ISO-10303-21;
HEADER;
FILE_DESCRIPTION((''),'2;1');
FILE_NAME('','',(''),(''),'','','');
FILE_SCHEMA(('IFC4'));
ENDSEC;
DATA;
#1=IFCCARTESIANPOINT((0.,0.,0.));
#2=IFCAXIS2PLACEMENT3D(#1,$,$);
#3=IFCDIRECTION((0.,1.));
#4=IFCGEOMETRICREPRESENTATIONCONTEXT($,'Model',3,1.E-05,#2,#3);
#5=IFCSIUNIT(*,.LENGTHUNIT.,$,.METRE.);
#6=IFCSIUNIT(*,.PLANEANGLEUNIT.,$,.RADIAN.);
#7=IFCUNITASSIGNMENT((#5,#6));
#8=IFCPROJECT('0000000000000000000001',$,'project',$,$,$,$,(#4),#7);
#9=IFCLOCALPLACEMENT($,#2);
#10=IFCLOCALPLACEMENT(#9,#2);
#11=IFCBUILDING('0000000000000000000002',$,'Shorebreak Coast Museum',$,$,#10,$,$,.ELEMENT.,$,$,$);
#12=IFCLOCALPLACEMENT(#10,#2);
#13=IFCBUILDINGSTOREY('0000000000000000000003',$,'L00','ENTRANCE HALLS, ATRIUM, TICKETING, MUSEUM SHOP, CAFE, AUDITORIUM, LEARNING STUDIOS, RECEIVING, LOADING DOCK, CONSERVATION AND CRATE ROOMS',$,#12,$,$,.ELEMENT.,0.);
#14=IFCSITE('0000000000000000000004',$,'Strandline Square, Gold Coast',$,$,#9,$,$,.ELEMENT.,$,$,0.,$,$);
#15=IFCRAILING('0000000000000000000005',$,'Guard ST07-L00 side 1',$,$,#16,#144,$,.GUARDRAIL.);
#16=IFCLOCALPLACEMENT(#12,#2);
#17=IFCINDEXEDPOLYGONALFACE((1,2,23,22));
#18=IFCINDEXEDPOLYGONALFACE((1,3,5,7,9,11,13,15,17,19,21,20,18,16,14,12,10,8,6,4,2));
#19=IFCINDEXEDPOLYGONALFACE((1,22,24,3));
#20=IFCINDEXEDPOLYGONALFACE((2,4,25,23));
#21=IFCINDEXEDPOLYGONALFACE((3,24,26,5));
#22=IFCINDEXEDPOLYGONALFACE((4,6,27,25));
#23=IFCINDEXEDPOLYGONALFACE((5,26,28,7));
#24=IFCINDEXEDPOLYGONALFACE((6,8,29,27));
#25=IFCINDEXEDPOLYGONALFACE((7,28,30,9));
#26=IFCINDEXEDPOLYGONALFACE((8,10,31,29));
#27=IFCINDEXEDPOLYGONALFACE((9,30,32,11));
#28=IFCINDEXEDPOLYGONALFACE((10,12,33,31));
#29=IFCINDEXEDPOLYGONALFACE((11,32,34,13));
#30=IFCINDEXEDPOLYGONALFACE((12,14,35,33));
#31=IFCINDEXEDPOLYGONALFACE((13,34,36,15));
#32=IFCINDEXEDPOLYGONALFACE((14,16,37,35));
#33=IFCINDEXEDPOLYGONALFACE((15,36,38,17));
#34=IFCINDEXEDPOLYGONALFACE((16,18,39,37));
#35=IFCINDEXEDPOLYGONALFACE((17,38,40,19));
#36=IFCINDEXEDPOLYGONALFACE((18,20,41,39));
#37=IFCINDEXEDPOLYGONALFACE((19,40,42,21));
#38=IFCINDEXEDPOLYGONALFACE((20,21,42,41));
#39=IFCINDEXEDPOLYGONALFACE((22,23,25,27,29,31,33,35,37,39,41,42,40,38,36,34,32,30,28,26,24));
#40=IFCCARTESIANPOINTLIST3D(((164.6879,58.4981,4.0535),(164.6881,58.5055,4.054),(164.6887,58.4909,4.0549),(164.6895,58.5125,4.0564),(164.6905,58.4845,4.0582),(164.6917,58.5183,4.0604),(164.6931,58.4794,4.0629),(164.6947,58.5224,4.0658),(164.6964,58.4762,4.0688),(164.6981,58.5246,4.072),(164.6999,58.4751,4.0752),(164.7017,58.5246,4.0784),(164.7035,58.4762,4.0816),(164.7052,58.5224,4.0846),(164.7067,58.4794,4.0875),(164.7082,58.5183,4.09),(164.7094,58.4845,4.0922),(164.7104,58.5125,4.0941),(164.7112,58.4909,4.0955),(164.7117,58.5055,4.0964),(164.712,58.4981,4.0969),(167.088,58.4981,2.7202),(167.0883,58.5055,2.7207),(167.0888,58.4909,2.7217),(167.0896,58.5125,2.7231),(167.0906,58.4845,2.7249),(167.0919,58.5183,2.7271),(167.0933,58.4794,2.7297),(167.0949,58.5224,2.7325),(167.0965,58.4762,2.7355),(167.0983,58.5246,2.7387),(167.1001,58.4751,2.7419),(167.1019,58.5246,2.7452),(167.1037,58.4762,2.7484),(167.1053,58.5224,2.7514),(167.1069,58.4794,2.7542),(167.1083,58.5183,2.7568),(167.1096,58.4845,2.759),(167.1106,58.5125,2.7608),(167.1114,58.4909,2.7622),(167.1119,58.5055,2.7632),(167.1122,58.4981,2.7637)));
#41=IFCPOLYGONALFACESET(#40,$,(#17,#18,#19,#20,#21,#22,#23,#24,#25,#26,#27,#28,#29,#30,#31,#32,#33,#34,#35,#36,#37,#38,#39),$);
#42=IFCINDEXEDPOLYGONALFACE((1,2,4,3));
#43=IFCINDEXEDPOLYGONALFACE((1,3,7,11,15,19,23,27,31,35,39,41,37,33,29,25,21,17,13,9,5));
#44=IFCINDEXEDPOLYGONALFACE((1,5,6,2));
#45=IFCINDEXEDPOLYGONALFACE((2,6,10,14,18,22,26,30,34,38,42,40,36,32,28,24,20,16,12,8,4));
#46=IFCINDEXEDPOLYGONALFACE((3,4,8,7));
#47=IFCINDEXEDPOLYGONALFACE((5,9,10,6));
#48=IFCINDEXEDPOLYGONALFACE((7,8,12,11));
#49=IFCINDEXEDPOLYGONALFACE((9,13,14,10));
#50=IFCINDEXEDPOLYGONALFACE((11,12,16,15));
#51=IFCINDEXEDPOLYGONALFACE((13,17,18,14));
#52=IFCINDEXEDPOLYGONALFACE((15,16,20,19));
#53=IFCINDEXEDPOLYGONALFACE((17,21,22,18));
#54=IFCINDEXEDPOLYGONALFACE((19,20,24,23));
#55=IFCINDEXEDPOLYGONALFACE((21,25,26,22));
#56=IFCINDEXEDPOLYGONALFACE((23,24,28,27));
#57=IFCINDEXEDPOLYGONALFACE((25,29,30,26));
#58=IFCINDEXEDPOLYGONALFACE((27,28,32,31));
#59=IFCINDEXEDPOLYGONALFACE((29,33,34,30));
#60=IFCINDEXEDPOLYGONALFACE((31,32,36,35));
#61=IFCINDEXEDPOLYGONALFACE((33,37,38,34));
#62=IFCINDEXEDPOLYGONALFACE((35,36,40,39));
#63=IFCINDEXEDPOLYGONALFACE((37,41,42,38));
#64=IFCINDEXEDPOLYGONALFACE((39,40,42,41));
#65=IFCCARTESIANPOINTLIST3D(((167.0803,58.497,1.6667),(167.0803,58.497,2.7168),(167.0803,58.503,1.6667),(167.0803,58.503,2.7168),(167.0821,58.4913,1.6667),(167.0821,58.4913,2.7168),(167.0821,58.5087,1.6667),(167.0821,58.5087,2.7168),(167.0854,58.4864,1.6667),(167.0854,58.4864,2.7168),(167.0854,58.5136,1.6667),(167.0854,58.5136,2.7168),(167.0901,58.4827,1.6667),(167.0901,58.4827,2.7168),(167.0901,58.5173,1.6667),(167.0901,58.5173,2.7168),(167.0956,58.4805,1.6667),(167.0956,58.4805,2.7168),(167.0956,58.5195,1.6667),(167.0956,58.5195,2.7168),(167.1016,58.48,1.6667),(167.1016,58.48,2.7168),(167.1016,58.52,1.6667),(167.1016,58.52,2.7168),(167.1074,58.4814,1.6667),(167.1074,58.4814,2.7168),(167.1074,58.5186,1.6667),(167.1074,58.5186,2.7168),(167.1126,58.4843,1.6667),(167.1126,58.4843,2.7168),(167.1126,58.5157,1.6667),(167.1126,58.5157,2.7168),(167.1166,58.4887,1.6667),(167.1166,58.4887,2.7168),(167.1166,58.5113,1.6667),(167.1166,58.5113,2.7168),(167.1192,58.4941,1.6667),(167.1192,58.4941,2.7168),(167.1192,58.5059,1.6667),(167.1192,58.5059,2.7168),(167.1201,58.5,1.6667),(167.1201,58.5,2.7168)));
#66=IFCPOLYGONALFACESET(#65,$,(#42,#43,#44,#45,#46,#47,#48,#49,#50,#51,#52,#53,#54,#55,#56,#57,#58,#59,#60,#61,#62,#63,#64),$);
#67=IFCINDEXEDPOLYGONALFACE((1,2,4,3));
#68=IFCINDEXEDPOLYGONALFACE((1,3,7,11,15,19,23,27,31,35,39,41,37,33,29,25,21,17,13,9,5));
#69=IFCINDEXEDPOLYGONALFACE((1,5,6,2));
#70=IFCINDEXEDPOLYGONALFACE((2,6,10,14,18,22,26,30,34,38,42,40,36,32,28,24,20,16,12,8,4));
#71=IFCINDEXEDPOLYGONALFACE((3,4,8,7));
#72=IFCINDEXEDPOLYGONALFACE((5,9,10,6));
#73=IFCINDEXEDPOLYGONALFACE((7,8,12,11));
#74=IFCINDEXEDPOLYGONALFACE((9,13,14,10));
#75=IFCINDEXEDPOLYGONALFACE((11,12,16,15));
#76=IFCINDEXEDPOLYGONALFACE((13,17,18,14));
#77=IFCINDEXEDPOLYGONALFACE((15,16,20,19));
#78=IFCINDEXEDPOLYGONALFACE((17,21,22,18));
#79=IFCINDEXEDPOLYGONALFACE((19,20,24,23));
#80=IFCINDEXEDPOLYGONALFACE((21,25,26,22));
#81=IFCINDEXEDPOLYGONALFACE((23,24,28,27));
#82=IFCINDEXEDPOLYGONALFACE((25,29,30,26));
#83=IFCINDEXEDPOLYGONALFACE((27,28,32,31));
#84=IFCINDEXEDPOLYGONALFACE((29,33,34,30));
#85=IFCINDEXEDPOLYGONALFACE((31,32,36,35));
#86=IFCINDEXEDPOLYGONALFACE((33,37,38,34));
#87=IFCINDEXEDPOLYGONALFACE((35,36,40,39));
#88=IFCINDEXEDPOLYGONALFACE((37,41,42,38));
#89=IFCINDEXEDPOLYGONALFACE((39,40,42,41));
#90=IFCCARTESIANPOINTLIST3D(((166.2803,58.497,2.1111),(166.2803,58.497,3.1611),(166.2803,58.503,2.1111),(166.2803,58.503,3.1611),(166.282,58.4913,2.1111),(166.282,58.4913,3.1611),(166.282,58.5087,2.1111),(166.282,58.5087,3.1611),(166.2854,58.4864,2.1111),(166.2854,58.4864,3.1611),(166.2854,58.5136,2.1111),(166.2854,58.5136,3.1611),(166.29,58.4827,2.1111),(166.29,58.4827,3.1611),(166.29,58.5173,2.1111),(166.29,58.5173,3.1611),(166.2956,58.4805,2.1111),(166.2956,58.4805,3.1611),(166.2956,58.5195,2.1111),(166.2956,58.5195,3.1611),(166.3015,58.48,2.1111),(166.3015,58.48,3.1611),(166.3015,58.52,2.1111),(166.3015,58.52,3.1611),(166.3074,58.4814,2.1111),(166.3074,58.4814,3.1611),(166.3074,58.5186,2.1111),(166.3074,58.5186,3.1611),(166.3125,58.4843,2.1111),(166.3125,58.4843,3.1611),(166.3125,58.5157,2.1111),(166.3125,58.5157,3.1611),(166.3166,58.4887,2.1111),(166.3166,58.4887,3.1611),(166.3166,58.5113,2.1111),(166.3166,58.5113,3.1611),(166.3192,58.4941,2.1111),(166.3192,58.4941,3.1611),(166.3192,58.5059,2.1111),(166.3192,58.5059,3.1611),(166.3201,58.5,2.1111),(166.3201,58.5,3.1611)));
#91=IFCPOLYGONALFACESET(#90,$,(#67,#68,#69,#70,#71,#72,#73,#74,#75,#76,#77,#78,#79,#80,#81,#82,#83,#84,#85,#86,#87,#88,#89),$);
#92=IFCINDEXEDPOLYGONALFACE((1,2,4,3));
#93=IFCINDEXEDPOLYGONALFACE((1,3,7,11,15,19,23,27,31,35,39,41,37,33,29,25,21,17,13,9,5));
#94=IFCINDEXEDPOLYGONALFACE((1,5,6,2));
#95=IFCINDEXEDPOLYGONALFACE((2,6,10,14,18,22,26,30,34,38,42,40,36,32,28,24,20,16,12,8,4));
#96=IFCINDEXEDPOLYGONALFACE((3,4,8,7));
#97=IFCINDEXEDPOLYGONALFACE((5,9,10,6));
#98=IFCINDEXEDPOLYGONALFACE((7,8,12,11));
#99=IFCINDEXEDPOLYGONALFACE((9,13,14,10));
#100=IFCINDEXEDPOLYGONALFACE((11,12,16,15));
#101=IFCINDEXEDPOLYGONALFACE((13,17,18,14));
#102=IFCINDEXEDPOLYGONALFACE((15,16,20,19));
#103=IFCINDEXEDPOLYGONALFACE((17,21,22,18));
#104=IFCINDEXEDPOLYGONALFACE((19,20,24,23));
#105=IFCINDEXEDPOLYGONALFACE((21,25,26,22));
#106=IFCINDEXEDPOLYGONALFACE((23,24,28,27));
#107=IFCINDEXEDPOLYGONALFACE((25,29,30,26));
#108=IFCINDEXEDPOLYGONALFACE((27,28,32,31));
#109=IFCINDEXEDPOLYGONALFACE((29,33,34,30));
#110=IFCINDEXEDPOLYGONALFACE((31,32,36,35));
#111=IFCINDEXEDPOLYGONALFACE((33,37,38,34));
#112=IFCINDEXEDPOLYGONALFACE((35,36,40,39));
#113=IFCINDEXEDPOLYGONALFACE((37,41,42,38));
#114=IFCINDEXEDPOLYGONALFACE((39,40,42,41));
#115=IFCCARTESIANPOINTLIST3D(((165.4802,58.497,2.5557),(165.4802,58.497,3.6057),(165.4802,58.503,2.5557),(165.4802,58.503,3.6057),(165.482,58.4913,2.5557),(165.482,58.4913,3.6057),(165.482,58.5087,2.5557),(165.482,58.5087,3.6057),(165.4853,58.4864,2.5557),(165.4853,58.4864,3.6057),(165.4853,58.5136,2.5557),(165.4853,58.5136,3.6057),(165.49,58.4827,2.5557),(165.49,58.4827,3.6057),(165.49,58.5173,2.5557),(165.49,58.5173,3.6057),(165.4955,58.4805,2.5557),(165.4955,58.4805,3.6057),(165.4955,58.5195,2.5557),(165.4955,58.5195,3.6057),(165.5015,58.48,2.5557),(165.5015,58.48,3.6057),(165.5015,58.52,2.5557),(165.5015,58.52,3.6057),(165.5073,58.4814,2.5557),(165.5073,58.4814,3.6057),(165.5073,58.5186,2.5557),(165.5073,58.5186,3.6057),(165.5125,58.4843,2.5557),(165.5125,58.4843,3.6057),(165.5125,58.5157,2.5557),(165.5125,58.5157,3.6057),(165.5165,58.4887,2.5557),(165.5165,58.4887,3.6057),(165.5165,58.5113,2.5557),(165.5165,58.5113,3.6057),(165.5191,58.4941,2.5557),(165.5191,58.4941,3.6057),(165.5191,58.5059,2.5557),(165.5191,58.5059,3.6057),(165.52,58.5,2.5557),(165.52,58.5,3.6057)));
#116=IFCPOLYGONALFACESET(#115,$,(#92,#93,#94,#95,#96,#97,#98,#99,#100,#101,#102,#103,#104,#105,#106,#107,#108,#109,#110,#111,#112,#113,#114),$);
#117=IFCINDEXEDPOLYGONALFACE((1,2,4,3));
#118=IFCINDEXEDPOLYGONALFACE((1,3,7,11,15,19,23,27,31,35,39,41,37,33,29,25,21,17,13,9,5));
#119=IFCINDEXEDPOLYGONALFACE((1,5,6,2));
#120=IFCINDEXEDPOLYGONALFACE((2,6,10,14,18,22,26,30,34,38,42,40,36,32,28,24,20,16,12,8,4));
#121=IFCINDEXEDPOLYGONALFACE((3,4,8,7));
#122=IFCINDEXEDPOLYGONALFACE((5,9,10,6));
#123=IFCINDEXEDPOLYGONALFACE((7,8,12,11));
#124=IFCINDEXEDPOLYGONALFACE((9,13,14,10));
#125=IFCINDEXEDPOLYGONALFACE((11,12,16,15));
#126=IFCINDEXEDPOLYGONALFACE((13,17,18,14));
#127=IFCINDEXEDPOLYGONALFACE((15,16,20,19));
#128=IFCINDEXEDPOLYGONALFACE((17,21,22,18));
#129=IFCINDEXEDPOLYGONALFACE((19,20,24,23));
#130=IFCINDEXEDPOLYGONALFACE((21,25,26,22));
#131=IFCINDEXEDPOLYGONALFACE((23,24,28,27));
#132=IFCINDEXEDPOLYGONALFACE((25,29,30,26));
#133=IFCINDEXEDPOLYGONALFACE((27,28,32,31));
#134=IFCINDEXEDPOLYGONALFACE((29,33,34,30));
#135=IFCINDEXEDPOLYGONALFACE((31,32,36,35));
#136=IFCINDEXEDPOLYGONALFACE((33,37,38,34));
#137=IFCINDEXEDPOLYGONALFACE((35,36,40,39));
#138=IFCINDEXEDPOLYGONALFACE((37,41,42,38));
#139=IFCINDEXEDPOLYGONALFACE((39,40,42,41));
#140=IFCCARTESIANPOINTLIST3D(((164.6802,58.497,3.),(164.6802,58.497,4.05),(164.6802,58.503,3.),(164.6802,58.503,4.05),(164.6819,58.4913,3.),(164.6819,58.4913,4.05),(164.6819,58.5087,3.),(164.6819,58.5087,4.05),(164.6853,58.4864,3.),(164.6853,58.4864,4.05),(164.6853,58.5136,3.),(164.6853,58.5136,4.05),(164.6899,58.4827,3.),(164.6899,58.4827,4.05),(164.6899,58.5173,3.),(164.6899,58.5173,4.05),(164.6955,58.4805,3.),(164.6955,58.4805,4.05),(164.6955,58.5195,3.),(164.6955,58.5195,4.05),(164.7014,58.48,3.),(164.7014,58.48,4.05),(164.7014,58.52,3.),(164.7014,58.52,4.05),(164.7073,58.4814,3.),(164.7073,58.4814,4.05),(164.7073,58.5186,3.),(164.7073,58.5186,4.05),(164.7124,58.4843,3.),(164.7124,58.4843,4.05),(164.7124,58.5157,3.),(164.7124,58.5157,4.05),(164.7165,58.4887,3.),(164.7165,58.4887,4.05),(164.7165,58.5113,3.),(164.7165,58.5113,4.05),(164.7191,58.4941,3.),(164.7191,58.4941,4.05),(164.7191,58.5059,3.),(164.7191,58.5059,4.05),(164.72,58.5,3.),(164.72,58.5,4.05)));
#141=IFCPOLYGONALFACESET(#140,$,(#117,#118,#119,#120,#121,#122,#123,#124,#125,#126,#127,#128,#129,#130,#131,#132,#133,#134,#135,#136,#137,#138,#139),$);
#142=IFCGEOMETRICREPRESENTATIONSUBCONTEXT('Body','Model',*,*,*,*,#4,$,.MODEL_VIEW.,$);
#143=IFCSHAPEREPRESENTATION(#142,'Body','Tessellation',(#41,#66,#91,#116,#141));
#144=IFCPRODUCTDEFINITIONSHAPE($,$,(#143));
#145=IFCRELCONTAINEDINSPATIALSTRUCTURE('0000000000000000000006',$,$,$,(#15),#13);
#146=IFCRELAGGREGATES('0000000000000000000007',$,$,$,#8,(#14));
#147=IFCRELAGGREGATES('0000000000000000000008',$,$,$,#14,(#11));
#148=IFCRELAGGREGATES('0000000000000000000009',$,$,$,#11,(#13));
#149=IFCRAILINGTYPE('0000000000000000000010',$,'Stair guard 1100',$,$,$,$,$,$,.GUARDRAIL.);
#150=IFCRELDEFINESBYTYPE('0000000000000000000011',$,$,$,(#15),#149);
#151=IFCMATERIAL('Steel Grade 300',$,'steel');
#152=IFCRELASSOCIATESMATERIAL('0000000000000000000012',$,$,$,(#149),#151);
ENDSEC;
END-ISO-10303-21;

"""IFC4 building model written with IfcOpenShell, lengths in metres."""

from ifc_helpers import new_model, si_unit, direction, frame, origin, origin_2d, place, context, subcontext, project, spatial, circle, extrude, material, type_object, element, save


model = new_model("IFC4")

# Units and contexts
model_context = context("Model", 3, precision=1e-05, world=origin(), true_north=direction((0.0, 1.0)))
body_context = subcontext(model_context, "Body", "Model", "MODEL_VIEW")
ifc_project = project(units=[si_unit("LENGTHUNIT", "METRE"), si_unit("PLANEANGLEUNIT", "RADIAN")], contexts=[model_context])

# Site, building, storey
site_placement = place(None, origin())
site = spatial("IfcSite", under=ifc_project, at=site_placement, Name="Strandline Square, Gold Coast", CompositionType="ELEMENT", RefElevation=0.0)
building_placement = place(site_placement, origin())
building = spatial("IfcBuilding", under=site, at=building_placement, Name="Shorebreak Coast Museum", CompositionType="ELEMENT")
storey_placement = place(building_placement, origin())
storey = spatial("IfcBuildingStorey", under=building, at=storey_placement, Name="L00", Description="ENTRANCE HALLS, ATRIUM, TICKETING, MUSEUM SHOP, CAFE, AUDITORIUM, LEARNING STUDIOS, RECEIVING, LOADING DOCK, CONSERVATION AND CRATE ROOMS", CompositionType="ELEMENT", Elevation=0.0)

# Railing
ifc_material_1 = material(Name="Steel Grade 300", Category="steel")
railing_type_1 = type_object("IfcRailingType", Name="Stair guard 1100", PredefinedType="GUARDRAIL", material=ifc_material_1)
for number, where, name in (
    (1, (167.1001, 58.5, 1.6667), "Guard ST07-L00 side 1"),
):
    element("IfcRailing", number, at=place(storey_placement, frame(where)), inside=storey, type_object=railing_type_1, Name=name, PredefinedType="GUARDRAIL", context=body_context, shape_type="SweptSolid", body=[
        extrude(circle(Radius=0.0249, at=origin_2d()), frame((0.0, 0.0, 1.0752), z_axis=(-0.874182, 0.0, 0.485598), x_axis=(0.0, -1.0, 0.0)), (0.0, 0.0, 1.0), 2.7456),
        extrude(circle(Radius=0.02, at=origin_2d()), origin(), (0.0, 0.0, 1.0), 1.05),
        extrude(circle(Radius=0.02, at=origin_2d()), frame((-0.8, 0.0, 0.4443)), (0.0, 0.0, 1.0), 1.05),
        extrude(circle(Radius=0.02, at=origin_2d()), frame((-1.6001, 0.0, 0.8889)), (0.0, 0.0, 1.0), 1.05),
        extrude(circle(Radius=0.02, at=origin_2d()), frame((-2.4001, 0.0, 1.3333)), (0.0, 0.0, 1.0), 1.05),
    ])

save(model, "model.ifc")
